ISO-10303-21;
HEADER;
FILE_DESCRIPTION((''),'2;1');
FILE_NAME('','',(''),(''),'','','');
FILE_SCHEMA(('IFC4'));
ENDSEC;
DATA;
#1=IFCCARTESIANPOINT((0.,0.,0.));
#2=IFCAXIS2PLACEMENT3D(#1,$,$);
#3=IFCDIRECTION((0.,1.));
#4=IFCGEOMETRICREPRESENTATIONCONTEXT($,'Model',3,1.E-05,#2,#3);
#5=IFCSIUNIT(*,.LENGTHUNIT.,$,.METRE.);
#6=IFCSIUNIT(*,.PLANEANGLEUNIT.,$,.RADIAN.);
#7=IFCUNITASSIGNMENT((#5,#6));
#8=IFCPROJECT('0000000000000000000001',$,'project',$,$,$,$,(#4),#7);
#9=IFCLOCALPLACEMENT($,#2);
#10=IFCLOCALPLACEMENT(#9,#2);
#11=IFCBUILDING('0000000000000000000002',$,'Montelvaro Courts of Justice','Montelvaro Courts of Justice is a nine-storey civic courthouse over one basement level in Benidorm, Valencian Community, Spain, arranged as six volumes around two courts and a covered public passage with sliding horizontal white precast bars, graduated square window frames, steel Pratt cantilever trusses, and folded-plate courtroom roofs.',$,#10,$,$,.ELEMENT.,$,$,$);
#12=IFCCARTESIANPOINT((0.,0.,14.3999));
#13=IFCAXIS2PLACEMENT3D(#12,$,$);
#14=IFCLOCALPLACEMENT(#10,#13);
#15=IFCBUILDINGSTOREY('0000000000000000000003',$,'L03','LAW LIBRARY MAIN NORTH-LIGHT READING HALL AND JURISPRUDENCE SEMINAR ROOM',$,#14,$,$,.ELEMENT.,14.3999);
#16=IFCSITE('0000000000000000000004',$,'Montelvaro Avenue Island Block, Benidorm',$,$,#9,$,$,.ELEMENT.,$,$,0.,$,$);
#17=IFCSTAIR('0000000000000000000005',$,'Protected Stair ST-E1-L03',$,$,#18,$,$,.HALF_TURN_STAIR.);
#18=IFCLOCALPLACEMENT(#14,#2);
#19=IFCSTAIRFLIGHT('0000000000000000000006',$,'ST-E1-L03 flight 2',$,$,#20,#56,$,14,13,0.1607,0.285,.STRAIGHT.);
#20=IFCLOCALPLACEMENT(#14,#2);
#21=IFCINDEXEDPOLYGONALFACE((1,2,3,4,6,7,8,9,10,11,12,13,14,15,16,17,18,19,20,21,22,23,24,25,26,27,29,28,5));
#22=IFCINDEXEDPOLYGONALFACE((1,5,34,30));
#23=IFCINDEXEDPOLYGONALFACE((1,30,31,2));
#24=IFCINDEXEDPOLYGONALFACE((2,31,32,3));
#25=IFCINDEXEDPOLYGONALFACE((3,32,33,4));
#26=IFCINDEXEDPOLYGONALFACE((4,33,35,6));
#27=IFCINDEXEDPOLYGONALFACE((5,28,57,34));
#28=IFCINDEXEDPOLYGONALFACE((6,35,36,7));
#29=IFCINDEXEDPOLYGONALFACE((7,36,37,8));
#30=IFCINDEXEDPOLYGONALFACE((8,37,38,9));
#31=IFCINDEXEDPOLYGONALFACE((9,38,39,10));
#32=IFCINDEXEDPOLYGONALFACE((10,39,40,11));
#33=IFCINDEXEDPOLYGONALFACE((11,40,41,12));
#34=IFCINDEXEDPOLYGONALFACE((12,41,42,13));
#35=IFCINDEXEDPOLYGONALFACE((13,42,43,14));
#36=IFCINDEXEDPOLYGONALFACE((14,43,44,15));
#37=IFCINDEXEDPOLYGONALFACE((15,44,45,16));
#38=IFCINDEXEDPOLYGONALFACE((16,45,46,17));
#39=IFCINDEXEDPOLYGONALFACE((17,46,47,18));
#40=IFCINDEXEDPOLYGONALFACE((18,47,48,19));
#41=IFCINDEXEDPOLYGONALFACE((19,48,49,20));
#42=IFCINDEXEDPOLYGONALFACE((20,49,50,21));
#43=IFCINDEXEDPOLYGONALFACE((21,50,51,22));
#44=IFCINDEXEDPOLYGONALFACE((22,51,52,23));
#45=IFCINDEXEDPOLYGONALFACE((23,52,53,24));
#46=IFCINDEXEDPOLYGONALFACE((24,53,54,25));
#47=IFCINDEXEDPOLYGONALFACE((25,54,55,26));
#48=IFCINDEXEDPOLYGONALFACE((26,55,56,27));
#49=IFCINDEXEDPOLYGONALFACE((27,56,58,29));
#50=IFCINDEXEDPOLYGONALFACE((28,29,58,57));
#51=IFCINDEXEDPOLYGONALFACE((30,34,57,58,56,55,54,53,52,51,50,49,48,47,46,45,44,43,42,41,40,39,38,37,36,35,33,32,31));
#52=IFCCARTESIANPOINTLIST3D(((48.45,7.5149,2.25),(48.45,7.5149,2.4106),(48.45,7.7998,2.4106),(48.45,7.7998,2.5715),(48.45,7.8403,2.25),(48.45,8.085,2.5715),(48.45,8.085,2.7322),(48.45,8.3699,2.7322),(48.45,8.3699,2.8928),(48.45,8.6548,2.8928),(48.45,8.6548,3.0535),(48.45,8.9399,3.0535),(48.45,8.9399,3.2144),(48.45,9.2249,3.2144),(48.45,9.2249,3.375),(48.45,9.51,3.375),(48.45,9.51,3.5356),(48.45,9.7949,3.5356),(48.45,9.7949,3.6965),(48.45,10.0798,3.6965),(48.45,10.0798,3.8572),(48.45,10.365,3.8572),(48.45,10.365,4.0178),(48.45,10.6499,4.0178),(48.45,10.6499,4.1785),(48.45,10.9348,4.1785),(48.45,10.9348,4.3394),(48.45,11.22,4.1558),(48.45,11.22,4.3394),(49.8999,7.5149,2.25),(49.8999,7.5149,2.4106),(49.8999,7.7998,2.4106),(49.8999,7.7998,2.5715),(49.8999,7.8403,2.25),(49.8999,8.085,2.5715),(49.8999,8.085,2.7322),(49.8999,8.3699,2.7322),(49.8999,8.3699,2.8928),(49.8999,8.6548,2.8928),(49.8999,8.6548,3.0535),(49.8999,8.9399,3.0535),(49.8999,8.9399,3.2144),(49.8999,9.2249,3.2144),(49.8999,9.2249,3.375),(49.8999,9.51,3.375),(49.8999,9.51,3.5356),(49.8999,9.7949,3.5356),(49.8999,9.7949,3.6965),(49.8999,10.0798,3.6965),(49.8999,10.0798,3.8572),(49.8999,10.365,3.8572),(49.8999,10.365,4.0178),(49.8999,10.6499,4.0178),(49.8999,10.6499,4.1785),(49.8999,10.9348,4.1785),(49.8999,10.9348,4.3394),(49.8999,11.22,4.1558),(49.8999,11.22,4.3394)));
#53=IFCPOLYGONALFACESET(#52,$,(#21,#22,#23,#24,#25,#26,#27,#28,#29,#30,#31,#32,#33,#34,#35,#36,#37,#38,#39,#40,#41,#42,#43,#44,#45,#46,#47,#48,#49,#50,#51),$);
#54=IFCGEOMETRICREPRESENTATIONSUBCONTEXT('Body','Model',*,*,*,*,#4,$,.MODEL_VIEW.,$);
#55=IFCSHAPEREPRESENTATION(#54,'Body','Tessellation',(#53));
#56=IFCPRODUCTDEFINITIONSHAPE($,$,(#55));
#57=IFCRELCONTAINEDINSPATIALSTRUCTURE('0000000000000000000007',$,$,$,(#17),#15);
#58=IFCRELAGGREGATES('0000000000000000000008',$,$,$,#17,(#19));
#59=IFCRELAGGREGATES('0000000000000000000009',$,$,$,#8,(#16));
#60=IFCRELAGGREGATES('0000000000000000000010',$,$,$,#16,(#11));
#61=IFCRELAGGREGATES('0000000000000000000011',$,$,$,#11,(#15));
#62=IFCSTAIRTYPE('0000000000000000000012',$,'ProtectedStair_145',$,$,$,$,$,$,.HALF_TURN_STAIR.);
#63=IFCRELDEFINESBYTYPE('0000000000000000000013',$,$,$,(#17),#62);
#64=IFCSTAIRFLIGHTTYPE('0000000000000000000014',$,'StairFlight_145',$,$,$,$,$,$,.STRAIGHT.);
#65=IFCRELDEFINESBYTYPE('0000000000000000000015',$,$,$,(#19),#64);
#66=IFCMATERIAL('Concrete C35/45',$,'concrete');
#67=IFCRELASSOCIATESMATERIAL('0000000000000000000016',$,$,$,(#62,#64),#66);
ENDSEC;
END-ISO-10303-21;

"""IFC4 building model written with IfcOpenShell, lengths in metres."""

from ifc_helpers import new_model, si_unit, direction, frame, origin, place, context, subcontext, project, spatial, polyline, outline, extrude, material, type_object, element, aggregate, save


model = new_model("IFC4")

# Units and contexts
model_context = context("Model", 3, precision=1e-05, world=origin(), true_north=direction((0.0, 1.0)))
body_context = subcontext(model_context, "Body", "Model", "MODEL_VIEW")
ifc_project = project(units=[si_unit("LENGTHUNIT", "METRE"), si_unit("PLANEANGLEUNIT", "RADIAN")], contexts=[model_context])

# Site, building, storey
site_placement = place(None, origin())
site = spatial("IfcSite", under=ifc_project, at=site_placement, Name="Montelvaro Avenue Island Block, Benidorm", CompositionType="ELEMENT", RefElevation=0.0)
building_placement = place(site_placement, origin())
building = spatial("IfcBuilding", under=site, at=building_placement, Name="Montelvaro Courts of Justice", Description="Montelvaro Courts of Justice is a nine-storey civic courthouse over one basement level in Benidorm, Valencian Community, Spain, arranged as six volumes around two courts and a covered public passage with sliding horizontal white precast bars, graduated square window frames, steel Pratt cantilever trusses, and folded-plate courtroom roofs.", CompositionType="ELEMENT")
storey_placement = place(building_placement, frame((0.0, 0.0, 14.3999)))
storey = spatial("IfcBuildingStorey", under=building, at=storey_placement, Name="L03", Description="LAW LIBRARY MAIN NORTH-LIGHT READING HALL AND JURISPRUDENCE SEMINAR ROOM", CompositionType="ELEMENT", Elevation=14.3999)

# Shared definitions
ifc_material_1 = material(Name="Concrete C35/45", Category="concrete")

# Stair, stair flight
stair_type = type_object("IfcStairType", Name="ProtectedStair_145", PredefinedType="HALF_TURN_STAIR", material=ifc_material_1)
stair_placement = place(storey_placement, origin())
stair = element("IfcStair", 1, at=stair_placement, inside=storey, type_object=stair_type, Name="Protected Stair ST-E1-L03", PredefinedType="HALF_TURN_STAIR")
stair_flight_type = type_object("IfcStairFlightType", Name="StairFlight_145", PredefinedType="STRAIGHT", material=ifc_material_1)
stair_flight_placement = place(storey_placement, frame((49.175, 7.5149, 2.25), z_axis=(0.0, 0.0, 1.0), x_axis=(0.0, 1.0, 0.0)))
stair_flight = element("IfcStairFlight", 2, at=stair_flight_placement, type_object=stair_flight_type, Name="ST-E1-L03 flight 2", NumberOfRisers=14, NumberOfTreads=13, PredefinedType="STRAIGHT", RiserHeight=0.1607, TreadLength=0.285, context=body_context, shape_type="SweptSolid", body=[
    extrude(outline(polyline([(0.0, 0.0), (0.0, 0.1606), (0.2849, 0.1606), (0.2849, 0.3215), (0.5701, 0.3215), (0.5701, 0.4822), (0.855, 0.4822), (0.855, 0.6428), (1.1399, 0.6428), (1.1399, 0.8035), (1.425, 0.8035), (1.425, 0.9644), (1.71, 0.9644), (1.71, 1.125), (1.9951, 1.125), (1.9951, 1.2856), (2.28, 1.2856), (2.28, 1.4465), (2.5649, 1.4465), (2.5649, 1.6072), (2.8501, 1.6072), (2.8501, 1.7678), (3.135, 1.7678), (3.135, 1.9285), (3.4199, 1.9285), (3.4199, 2.0894), (3.7051, 2.0894), (3.7051, 2.25), (3.7051, 1.9058), (0.3254, 0.0), (0.0, 0.0)])), frame((0.0, 0.7251, 0.0), z_axis=(0.0, -1.0, 0.0), x_axis=(1.0, 0.0, 0.0)), (0.0, 0.0, 1.0), 1.45),
])
aggregate(stair, [stair_flight])

save(model, "model.ifc")
